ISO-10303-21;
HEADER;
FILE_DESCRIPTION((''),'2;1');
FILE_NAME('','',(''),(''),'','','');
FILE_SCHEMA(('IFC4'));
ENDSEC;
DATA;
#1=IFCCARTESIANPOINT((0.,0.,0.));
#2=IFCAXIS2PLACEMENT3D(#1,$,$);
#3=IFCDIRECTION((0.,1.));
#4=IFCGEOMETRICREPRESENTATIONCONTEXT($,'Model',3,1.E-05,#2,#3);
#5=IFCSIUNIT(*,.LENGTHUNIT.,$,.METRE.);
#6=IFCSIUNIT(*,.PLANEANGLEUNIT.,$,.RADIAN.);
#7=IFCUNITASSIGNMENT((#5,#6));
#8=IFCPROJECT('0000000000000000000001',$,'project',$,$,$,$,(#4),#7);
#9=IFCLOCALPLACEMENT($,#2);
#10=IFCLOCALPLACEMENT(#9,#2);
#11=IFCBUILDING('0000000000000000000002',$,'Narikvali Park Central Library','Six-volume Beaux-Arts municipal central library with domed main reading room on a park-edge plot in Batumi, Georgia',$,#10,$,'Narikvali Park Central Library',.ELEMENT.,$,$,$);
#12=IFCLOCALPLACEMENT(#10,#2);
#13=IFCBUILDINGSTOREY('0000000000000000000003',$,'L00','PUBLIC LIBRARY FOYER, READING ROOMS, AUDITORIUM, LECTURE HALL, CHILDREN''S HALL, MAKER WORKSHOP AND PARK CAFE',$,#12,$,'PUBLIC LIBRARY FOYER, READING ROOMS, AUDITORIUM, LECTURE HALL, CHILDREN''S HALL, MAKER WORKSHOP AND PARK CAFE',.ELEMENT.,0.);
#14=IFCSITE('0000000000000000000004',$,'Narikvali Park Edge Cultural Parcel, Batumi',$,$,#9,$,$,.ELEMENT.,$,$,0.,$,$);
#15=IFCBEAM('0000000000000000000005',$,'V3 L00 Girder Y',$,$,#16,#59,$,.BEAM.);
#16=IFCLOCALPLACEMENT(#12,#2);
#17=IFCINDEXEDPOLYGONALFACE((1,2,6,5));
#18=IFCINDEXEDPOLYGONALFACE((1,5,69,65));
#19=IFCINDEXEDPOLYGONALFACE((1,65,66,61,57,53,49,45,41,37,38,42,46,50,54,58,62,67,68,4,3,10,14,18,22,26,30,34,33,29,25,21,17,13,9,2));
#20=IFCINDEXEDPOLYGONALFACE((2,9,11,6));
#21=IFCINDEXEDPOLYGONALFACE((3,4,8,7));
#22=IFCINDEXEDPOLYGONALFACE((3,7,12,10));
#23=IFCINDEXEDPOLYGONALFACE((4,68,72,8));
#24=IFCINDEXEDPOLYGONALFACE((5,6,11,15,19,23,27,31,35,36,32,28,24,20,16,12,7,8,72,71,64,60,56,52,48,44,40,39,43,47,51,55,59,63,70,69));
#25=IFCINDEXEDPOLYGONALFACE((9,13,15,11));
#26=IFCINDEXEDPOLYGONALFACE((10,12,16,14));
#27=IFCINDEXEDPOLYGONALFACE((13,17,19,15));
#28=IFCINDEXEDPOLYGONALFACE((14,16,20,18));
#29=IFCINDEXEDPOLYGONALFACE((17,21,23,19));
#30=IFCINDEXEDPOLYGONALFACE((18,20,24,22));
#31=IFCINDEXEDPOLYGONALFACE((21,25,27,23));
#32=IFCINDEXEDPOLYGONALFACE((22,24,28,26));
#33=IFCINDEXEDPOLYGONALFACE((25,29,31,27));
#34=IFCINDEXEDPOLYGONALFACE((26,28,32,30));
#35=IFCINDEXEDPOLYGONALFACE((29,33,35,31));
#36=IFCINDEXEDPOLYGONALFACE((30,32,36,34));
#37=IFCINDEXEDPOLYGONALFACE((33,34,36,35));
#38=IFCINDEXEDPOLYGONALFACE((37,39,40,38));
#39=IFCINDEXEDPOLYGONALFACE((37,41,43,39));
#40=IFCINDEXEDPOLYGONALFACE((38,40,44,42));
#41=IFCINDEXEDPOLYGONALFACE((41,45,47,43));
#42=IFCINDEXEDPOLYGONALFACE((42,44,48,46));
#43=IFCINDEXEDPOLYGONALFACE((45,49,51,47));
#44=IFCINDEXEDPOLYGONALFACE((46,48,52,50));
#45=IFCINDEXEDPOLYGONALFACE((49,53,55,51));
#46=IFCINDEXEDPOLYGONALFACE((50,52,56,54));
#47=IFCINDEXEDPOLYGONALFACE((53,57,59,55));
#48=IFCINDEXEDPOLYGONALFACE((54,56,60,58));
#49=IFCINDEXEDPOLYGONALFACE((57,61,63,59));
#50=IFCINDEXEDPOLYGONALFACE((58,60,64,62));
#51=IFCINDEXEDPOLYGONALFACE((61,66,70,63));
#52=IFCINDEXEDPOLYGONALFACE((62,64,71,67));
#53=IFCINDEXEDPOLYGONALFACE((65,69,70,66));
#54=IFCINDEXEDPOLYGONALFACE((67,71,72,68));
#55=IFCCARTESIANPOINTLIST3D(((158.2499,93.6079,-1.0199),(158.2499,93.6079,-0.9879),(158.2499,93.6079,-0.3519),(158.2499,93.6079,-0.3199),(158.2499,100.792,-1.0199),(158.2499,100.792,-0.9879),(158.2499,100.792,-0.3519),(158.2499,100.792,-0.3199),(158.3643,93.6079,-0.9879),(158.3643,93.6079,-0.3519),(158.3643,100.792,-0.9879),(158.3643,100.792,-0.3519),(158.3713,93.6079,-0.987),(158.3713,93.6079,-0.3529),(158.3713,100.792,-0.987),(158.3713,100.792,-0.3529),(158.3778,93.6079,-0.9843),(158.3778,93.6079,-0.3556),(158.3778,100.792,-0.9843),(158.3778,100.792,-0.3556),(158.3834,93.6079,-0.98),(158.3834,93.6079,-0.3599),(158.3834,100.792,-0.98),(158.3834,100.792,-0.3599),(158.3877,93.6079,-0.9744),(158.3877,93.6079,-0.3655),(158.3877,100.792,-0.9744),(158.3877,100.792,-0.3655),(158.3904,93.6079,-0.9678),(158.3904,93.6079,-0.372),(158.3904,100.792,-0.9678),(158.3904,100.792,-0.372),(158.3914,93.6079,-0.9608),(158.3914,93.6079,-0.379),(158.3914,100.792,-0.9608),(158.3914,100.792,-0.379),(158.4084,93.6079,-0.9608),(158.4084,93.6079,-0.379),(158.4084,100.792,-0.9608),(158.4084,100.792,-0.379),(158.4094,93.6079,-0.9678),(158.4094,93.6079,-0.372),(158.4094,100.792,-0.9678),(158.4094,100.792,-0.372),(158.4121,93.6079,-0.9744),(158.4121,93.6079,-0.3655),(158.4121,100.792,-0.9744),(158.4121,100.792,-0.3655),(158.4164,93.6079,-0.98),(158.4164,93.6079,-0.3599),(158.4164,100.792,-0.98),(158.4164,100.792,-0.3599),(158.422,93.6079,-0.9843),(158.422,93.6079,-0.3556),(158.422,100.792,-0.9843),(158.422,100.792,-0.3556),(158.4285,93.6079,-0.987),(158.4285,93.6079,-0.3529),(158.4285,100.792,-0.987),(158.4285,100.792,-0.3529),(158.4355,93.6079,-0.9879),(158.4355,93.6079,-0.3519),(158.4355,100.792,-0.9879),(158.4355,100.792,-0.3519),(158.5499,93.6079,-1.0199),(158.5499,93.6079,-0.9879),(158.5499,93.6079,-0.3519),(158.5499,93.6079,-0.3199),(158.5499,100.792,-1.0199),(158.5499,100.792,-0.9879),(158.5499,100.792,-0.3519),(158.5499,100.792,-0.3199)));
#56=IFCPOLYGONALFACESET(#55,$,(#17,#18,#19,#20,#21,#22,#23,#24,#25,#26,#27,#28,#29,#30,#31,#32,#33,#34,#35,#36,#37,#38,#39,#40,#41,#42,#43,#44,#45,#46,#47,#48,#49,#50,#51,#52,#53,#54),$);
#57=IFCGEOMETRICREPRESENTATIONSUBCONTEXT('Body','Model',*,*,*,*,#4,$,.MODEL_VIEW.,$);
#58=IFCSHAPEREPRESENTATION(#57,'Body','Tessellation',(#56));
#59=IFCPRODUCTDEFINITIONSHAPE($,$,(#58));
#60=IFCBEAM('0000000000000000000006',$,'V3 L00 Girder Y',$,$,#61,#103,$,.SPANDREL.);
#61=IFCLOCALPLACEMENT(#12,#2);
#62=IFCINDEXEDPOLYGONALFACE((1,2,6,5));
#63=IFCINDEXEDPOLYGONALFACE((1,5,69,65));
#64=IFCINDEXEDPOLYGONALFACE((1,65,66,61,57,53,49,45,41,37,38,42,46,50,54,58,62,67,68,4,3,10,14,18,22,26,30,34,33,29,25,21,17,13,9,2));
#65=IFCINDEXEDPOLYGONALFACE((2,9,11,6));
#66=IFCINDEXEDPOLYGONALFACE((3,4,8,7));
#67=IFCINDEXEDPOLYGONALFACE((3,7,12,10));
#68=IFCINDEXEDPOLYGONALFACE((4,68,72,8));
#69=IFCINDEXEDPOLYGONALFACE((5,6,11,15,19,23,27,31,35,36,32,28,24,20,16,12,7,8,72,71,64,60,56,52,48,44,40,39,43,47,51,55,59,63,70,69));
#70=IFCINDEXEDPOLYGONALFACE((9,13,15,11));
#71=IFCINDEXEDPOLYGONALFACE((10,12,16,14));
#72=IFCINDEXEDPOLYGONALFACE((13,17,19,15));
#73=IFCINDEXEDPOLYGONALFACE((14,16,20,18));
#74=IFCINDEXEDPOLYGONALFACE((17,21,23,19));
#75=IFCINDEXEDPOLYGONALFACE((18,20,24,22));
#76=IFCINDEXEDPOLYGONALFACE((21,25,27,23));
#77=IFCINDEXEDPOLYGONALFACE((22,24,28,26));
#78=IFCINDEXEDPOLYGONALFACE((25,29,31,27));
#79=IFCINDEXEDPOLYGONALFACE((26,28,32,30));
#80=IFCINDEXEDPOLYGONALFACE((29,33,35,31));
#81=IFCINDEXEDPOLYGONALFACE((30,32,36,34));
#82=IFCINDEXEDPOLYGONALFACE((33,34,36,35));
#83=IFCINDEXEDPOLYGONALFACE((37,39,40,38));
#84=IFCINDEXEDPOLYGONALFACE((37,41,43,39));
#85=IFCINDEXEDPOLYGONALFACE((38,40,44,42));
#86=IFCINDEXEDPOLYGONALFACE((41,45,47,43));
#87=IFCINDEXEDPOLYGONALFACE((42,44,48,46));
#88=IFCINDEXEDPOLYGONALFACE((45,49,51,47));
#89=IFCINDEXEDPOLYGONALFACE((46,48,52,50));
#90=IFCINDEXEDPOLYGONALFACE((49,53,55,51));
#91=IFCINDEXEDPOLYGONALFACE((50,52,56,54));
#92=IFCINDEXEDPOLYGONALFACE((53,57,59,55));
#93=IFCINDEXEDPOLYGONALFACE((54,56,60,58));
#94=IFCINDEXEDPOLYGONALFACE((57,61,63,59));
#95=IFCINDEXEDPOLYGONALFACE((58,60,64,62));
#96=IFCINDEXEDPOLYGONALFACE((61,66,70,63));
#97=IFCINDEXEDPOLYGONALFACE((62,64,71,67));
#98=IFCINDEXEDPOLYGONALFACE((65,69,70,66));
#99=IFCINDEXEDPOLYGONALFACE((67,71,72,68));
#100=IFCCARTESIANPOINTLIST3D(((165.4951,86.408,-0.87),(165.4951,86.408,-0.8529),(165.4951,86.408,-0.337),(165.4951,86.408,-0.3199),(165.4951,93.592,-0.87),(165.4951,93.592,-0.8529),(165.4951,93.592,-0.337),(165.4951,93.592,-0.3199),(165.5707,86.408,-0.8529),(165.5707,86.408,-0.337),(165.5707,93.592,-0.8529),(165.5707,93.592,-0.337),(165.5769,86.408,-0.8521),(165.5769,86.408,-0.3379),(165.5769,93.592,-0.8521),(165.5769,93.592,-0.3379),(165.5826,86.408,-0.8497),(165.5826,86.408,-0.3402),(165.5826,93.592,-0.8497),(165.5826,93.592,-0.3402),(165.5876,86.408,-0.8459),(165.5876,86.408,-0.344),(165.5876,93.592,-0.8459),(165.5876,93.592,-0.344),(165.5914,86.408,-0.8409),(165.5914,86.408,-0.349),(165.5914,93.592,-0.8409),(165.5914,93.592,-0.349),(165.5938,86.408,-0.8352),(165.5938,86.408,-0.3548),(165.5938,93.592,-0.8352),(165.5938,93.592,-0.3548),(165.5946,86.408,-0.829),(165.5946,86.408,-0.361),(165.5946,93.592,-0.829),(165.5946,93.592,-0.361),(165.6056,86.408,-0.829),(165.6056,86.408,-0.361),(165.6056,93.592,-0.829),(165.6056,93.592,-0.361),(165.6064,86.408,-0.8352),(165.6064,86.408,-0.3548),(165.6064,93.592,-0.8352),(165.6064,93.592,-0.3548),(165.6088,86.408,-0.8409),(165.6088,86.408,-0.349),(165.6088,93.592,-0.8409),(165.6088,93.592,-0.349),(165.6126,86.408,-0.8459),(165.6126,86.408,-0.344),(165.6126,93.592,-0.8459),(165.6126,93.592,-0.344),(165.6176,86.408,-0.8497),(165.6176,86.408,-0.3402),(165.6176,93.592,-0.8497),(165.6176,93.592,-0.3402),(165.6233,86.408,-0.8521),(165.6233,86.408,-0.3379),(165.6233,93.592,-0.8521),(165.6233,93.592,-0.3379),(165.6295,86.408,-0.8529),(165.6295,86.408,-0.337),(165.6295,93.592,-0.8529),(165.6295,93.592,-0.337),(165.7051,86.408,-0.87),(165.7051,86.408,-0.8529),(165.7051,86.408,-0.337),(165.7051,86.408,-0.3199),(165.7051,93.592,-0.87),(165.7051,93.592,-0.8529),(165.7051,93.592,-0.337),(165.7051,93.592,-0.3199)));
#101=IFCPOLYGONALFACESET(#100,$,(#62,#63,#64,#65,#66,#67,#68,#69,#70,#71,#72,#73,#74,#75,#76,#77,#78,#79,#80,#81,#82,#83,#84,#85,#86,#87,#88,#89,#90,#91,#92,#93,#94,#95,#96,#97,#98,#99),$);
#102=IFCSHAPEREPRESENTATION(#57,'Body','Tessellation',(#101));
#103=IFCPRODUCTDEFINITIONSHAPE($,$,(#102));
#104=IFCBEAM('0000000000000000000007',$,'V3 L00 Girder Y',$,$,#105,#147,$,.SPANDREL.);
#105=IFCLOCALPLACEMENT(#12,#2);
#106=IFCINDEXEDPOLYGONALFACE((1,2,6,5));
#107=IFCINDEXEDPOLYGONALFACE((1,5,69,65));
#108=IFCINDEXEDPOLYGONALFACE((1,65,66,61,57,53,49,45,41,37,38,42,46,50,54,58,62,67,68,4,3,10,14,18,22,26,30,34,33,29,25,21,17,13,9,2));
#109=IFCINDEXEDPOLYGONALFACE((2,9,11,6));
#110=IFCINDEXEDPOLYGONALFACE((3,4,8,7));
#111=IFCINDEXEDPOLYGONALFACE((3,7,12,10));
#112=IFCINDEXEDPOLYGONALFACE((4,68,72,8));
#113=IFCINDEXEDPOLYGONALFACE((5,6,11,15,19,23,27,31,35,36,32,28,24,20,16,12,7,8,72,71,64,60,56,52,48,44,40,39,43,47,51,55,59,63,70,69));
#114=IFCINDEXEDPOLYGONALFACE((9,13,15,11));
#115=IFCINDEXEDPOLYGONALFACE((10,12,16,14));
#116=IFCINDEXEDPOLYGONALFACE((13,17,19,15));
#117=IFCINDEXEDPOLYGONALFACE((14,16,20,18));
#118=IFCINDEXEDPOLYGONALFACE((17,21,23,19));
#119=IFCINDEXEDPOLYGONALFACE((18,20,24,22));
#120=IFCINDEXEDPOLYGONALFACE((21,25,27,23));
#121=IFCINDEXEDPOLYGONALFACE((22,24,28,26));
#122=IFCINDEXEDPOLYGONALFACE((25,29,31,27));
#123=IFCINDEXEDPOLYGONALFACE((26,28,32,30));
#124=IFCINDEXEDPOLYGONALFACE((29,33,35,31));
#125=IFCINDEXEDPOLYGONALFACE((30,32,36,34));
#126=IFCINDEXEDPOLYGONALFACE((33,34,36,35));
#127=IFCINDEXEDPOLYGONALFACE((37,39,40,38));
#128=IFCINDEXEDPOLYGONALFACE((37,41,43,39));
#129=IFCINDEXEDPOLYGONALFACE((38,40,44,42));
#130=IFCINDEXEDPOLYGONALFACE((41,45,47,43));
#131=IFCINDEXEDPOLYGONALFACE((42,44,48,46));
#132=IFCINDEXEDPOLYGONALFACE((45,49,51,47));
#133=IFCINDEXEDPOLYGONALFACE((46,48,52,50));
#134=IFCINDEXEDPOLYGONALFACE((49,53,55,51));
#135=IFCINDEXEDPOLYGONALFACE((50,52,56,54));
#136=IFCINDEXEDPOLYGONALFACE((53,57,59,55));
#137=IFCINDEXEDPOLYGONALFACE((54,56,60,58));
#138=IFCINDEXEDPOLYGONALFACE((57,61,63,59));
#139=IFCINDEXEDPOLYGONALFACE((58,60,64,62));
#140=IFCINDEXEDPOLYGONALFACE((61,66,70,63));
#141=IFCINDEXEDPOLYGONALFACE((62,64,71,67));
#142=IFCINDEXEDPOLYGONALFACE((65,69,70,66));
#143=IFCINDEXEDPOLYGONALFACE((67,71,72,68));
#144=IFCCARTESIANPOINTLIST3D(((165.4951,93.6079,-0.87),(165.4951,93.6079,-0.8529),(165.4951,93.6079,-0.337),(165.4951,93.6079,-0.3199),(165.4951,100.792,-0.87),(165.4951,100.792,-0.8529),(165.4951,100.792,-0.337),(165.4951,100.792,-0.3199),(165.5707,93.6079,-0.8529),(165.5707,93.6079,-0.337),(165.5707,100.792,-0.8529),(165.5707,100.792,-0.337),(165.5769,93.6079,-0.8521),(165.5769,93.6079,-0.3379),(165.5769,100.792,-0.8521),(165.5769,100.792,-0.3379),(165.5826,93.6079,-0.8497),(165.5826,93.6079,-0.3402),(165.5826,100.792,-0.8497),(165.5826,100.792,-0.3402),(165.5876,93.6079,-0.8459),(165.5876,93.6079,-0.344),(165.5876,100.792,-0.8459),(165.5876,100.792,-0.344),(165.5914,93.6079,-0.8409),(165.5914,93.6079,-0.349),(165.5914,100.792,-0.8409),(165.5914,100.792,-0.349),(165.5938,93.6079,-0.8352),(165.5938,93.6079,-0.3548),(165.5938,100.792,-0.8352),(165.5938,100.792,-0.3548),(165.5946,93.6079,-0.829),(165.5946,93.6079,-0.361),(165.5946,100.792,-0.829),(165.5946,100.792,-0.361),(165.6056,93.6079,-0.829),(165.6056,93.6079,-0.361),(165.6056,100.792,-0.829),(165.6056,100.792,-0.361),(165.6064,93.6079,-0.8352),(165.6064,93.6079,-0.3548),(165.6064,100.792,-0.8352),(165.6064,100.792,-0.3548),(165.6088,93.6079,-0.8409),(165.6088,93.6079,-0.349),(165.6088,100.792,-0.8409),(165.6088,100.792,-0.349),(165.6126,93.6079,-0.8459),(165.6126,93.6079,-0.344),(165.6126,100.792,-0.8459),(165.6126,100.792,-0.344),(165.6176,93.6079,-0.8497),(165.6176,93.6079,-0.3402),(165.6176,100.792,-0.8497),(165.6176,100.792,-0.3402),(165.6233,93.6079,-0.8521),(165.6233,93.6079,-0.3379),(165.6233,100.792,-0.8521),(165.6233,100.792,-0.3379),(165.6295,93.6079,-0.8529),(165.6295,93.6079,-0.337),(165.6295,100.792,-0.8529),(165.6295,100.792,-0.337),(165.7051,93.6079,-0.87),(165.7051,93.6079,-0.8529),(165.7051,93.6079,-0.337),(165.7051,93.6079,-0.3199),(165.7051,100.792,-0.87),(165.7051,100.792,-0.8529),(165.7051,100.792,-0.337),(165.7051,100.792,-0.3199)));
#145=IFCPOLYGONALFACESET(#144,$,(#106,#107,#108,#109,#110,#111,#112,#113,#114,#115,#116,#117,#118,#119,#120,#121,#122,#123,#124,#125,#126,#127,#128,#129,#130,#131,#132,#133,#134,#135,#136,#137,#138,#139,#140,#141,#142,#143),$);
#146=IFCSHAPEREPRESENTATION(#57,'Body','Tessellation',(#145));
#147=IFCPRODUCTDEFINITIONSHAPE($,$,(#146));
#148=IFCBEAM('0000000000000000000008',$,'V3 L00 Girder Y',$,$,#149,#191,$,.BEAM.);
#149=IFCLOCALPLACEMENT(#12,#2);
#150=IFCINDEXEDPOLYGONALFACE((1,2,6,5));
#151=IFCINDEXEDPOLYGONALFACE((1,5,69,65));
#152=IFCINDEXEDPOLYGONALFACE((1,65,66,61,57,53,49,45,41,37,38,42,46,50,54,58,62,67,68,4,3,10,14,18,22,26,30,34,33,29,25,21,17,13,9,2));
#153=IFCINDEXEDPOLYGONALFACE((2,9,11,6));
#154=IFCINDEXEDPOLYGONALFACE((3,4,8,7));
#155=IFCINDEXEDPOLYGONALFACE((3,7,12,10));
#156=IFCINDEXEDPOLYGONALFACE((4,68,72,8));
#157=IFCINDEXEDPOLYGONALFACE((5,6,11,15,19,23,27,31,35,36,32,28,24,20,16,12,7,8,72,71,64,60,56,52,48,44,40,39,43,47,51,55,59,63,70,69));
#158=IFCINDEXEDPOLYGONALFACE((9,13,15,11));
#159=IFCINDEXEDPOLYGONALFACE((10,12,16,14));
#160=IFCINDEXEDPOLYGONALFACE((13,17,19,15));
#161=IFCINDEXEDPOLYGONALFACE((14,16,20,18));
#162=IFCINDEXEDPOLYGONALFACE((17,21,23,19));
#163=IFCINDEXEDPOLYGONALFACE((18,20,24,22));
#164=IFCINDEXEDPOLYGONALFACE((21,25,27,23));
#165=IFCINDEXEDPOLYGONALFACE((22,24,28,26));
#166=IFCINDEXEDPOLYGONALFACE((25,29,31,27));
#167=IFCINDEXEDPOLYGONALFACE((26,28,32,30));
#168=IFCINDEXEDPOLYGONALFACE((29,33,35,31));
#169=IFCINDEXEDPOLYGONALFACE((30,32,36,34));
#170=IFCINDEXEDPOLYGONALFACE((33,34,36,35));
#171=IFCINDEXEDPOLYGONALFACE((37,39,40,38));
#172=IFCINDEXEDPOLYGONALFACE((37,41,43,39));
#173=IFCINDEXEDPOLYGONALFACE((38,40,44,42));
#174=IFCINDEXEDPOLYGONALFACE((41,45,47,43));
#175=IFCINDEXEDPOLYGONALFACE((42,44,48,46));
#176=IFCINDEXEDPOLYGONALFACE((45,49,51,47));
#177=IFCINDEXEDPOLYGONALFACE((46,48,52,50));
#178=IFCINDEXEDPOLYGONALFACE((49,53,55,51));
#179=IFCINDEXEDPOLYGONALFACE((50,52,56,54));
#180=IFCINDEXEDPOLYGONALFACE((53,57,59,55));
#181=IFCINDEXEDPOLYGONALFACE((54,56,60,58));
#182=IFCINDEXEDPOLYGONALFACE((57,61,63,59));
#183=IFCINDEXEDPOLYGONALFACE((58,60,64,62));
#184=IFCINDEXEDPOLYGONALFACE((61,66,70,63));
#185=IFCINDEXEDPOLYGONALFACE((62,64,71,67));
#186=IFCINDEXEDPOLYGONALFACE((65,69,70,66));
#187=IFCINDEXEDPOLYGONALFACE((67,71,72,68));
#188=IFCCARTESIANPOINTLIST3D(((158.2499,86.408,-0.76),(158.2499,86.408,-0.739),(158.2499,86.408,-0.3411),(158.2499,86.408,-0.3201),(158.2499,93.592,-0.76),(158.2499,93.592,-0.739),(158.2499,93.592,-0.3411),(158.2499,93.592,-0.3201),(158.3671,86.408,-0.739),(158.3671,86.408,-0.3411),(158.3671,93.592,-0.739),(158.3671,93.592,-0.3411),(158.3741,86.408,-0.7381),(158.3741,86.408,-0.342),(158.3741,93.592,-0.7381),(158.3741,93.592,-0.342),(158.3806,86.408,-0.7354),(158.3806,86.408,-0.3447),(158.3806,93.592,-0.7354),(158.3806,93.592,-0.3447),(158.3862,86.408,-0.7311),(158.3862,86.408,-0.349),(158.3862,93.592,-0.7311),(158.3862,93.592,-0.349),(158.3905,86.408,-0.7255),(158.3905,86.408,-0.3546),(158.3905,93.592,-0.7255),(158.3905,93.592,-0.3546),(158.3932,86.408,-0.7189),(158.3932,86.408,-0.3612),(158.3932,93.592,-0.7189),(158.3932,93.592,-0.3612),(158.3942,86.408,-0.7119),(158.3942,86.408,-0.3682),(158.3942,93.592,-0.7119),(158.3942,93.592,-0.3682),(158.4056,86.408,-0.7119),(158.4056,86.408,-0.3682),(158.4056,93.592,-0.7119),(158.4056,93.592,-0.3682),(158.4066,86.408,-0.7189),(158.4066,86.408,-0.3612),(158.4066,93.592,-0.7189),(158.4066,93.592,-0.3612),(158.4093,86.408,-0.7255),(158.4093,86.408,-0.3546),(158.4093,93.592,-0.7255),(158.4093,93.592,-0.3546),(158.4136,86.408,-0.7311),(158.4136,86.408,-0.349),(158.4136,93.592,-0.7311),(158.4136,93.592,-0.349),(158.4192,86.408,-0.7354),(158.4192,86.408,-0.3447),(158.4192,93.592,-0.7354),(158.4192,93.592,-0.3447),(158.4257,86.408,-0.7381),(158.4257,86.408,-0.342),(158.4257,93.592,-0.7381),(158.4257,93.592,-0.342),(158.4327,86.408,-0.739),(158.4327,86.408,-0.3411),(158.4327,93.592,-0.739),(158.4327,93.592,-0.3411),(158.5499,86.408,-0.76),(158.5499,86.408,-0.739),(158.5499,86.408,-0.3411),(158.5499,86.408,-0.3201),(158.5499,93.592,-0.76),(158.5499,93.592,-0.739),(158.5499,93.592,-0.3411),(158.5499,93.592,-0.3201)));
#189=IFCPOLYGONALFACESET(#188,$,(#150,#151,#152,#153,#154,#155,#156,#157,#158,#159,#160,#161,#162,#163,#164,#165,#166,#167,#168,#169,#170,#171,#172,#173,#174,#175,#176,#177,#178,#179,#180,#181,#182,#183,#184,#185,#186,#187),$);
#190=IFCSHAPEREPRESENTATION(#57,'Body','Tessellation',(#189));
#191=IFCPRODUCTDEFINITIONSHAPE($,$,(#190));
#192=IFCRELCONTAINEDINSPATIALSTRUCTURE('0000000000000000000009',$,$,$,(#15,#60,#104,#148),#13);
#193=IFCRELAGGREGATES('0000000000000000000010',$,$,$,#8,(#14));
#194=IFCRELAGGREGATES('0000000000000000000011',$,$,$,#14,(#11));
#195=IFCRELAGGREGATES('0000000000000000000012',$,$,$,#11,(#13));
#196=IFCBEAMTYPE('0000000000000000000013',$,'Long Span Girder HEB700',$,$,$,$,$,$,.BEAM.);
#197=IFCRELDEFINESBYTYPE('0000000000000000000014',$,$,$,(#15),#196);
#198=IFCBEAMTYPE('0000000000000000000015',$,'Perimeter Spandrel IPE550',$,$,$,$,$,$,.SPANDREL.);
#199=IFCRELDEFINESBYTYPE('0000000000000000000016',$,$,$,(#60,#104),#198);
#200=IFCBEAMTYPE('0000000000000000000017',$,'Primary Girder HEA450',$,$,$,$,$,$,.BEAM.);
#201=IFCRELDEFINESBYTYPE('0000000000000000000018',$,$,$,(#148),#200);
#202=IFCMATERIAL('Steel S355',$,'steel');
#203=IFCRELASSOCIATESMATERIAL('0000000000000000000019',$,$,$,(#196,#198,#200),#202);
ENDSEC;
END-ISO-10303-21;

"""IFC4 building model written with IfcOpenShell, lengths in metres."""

from ifc_helpers import new_model, si_unit, direction, frame, origin, origin_2d, place, context, subcontext, project, spatial, i_section, extrude, material, material_profile, profile_set, type_object, element, save


model = new_model("IFC4")

# Units and contexts
model_context = context("Model", 3, precision=1e-05, world=origin(), true_north=direction((0.0, 1.0)))
body_context = subcontext(model_context, "Body", "Model", "MODEL_VIEW")
ifc_project = project(units=[si_unit("LENGTHUNIT", "METRE"), si_unit("PLANEANGLEUNIT", "RADIAN")], contexts=[model_context])

# Site, building, storey
site_placement = place(None, origin())
site = spatial("IfcSite", under=ifc_project, at=site_placement, Name="Narikvali Park Edge Cultural Parcel, Batumi", CompositionType="ELEMENT", RefElevation=0.0)
building_placement = place(site_placement, origin())
building = spatial("IfcBuilding", under=site, at=building_placement, Name="Narikvali Park Central Library", Description="Six-volume Beaux-Arts municipal central library with domed main reading room on a park-edge plot in Batumi, Georgia", LongName="Narikvali Park Central Library", CompositionType="ELEMENT")
storey_placement = place(building_placement, origin())
storey = spatial("IfcBuildingStorey", under=building, at=storey_placement, Name="L00", Description="PUBLIC LIBRARY FOYER, READING ROOMS, AUDITORIUM, LECTURE HALL, CHILDREN'S HALL, MAKER WORKSHOP AND PARK CAFE", LongName="PUBLIC LIBRARY FOYER, READING ROOMS, AUDITORIUM, LECTURE HALL, CHILDREN'S HALL, MAKER WORKSHOP AND PARK CAFE", CompositionType="ELEMENT", Elevation=0.0)

# Shared definitions
ifc_material_1 = material(Name="Steel S355", Category="steel")

# Beams
ifc_material_profile_1 = material_profile(ifc_material_1, i_section(OverallWidth=0.3, OverallDepth=0.7, WebThickness=0.0171, FlangeThickness=0.032, FilletRadius=0.0271, at=origin_2d()), Name="HEB 700")
ifc_profile_set_1 = profile_set([ifc_material_profile_1], Name="Steel S355")
beam_type_1 = type_object("IfcBeamType", Name="Long Span Girder HEB700", PredefinedType="BEAM", material=ifc_profile_set_1)
beam_1_placement = place(storey_placement, frame((158.3999, 93.6079, -0.6699), z_axis=(0.0, 1.0, 0.0), x_axis=(-1.0, 0.0, 0.0)))
element("IfcBeam", 1, at=beam_1_placement, inside=storey, type_object=beam_type_1, Name="V3 L00 Girder Y", PredefinedType="BEAM", context=body_context, shape_type="SweptSolid", body=[
    extrude(i_section(OverallWidth=0.3, OverallDepth=0.7, WebThickness=0.0171, FlangeThickness=0.032, FilletRadius=0.0271, at=origin_2d()), origin(), (0.0, 0.0, 1.0), 7.1841),
])
ifc_material_profile_2 = material_profile(ifc_material_1, i_section(OverallWidth=0.21, OverallDepth=0.55, WebThickness=0.011, FlangeThickness=0.0171, FilletRadius=0.0239, at=origin_2d()), Name="IPE 550")
ifc_profile_set_2 = profile_set([ifc_material_profile_2], Name="Steel S355")
beam_type_2 = type_object("IfcBeamType", Name="Perimeter Spandrel IPE550", PredefinedType="SPANDREL", material=ifc_profile_set_2)
for number, where, z_axis, x_axis, name in (
    (2, (165.6001, 86.408, -0.595), (0.0, 1.0, 0.0), (-1.0, 0.0, 0.0), "V3 L00 Girder Y"),
    (3, (165.6001, 93.6079, -0.595), (0.0, 1.0, 0.0), (-1.0, 0.0, 0.0), "V3 L00 Girder Y"),
):
    element("IfcBeam", number, at=place(storey_placement, frame(where, z_axis=z_axis, x_axis=x_axis)), inside=storey, type_object=beam_type_2, Name=name, PredefinedType="SPANDREL", context=body_context, shape_type="SweptSolid", body=[
        extrude(i_section(OverallWidth=0.21, OverallDepth=0.55, WebThickness=0.011, FlangeThickness=0.0171, FilletRadius=0.0239, at=origin_2d()), origin(), (0.0, 0.0, 1.0), 7.1841),
    ])
ifc_material_profile_3 = material_profile(ifc_material_1, i_section(OverallWidth=0.3, OverallDepth=0.4399, WebThickness=0.0115, FlangeThickness=0.021, FilletRadius=0.0271, at=origin_2d()), Name="HEA 450")
ifc_profile_set_3 = profile_set([ifc_material_profile_3], Name="Steel S355")
beam_type_3 = type_object("IfcBeamType", Name="Primary Girder HEA450", PredefinedType="BEAM", material=ifc_profile_set_3)
beam_2_placement = place(storey_placement, frame((158.3999, 86.408, -0.54), z_axis=(0.0, 1.0, 0.0), x_axis=(-1.0, 0.0, 0.0)))
element("IfcBeam", 4, at=beam_2_placement, inside=storey, type_object=beam_type_3, Name="V3 L00 Girder Y", PredefinedType="BEAM", context=body_context, shape_type="SweptSolid", body=[
    extrude(i_section(OverallWidth=0.3, OverallDepth=0.4399, WebThickness=0.0115, FlangeThickness=0.021, FilletRadius=0.0271, at=origin_2d()), origin(), (0.0, 0.0, 1.0), 7.1841),
])

save(model, "model.ifc")
